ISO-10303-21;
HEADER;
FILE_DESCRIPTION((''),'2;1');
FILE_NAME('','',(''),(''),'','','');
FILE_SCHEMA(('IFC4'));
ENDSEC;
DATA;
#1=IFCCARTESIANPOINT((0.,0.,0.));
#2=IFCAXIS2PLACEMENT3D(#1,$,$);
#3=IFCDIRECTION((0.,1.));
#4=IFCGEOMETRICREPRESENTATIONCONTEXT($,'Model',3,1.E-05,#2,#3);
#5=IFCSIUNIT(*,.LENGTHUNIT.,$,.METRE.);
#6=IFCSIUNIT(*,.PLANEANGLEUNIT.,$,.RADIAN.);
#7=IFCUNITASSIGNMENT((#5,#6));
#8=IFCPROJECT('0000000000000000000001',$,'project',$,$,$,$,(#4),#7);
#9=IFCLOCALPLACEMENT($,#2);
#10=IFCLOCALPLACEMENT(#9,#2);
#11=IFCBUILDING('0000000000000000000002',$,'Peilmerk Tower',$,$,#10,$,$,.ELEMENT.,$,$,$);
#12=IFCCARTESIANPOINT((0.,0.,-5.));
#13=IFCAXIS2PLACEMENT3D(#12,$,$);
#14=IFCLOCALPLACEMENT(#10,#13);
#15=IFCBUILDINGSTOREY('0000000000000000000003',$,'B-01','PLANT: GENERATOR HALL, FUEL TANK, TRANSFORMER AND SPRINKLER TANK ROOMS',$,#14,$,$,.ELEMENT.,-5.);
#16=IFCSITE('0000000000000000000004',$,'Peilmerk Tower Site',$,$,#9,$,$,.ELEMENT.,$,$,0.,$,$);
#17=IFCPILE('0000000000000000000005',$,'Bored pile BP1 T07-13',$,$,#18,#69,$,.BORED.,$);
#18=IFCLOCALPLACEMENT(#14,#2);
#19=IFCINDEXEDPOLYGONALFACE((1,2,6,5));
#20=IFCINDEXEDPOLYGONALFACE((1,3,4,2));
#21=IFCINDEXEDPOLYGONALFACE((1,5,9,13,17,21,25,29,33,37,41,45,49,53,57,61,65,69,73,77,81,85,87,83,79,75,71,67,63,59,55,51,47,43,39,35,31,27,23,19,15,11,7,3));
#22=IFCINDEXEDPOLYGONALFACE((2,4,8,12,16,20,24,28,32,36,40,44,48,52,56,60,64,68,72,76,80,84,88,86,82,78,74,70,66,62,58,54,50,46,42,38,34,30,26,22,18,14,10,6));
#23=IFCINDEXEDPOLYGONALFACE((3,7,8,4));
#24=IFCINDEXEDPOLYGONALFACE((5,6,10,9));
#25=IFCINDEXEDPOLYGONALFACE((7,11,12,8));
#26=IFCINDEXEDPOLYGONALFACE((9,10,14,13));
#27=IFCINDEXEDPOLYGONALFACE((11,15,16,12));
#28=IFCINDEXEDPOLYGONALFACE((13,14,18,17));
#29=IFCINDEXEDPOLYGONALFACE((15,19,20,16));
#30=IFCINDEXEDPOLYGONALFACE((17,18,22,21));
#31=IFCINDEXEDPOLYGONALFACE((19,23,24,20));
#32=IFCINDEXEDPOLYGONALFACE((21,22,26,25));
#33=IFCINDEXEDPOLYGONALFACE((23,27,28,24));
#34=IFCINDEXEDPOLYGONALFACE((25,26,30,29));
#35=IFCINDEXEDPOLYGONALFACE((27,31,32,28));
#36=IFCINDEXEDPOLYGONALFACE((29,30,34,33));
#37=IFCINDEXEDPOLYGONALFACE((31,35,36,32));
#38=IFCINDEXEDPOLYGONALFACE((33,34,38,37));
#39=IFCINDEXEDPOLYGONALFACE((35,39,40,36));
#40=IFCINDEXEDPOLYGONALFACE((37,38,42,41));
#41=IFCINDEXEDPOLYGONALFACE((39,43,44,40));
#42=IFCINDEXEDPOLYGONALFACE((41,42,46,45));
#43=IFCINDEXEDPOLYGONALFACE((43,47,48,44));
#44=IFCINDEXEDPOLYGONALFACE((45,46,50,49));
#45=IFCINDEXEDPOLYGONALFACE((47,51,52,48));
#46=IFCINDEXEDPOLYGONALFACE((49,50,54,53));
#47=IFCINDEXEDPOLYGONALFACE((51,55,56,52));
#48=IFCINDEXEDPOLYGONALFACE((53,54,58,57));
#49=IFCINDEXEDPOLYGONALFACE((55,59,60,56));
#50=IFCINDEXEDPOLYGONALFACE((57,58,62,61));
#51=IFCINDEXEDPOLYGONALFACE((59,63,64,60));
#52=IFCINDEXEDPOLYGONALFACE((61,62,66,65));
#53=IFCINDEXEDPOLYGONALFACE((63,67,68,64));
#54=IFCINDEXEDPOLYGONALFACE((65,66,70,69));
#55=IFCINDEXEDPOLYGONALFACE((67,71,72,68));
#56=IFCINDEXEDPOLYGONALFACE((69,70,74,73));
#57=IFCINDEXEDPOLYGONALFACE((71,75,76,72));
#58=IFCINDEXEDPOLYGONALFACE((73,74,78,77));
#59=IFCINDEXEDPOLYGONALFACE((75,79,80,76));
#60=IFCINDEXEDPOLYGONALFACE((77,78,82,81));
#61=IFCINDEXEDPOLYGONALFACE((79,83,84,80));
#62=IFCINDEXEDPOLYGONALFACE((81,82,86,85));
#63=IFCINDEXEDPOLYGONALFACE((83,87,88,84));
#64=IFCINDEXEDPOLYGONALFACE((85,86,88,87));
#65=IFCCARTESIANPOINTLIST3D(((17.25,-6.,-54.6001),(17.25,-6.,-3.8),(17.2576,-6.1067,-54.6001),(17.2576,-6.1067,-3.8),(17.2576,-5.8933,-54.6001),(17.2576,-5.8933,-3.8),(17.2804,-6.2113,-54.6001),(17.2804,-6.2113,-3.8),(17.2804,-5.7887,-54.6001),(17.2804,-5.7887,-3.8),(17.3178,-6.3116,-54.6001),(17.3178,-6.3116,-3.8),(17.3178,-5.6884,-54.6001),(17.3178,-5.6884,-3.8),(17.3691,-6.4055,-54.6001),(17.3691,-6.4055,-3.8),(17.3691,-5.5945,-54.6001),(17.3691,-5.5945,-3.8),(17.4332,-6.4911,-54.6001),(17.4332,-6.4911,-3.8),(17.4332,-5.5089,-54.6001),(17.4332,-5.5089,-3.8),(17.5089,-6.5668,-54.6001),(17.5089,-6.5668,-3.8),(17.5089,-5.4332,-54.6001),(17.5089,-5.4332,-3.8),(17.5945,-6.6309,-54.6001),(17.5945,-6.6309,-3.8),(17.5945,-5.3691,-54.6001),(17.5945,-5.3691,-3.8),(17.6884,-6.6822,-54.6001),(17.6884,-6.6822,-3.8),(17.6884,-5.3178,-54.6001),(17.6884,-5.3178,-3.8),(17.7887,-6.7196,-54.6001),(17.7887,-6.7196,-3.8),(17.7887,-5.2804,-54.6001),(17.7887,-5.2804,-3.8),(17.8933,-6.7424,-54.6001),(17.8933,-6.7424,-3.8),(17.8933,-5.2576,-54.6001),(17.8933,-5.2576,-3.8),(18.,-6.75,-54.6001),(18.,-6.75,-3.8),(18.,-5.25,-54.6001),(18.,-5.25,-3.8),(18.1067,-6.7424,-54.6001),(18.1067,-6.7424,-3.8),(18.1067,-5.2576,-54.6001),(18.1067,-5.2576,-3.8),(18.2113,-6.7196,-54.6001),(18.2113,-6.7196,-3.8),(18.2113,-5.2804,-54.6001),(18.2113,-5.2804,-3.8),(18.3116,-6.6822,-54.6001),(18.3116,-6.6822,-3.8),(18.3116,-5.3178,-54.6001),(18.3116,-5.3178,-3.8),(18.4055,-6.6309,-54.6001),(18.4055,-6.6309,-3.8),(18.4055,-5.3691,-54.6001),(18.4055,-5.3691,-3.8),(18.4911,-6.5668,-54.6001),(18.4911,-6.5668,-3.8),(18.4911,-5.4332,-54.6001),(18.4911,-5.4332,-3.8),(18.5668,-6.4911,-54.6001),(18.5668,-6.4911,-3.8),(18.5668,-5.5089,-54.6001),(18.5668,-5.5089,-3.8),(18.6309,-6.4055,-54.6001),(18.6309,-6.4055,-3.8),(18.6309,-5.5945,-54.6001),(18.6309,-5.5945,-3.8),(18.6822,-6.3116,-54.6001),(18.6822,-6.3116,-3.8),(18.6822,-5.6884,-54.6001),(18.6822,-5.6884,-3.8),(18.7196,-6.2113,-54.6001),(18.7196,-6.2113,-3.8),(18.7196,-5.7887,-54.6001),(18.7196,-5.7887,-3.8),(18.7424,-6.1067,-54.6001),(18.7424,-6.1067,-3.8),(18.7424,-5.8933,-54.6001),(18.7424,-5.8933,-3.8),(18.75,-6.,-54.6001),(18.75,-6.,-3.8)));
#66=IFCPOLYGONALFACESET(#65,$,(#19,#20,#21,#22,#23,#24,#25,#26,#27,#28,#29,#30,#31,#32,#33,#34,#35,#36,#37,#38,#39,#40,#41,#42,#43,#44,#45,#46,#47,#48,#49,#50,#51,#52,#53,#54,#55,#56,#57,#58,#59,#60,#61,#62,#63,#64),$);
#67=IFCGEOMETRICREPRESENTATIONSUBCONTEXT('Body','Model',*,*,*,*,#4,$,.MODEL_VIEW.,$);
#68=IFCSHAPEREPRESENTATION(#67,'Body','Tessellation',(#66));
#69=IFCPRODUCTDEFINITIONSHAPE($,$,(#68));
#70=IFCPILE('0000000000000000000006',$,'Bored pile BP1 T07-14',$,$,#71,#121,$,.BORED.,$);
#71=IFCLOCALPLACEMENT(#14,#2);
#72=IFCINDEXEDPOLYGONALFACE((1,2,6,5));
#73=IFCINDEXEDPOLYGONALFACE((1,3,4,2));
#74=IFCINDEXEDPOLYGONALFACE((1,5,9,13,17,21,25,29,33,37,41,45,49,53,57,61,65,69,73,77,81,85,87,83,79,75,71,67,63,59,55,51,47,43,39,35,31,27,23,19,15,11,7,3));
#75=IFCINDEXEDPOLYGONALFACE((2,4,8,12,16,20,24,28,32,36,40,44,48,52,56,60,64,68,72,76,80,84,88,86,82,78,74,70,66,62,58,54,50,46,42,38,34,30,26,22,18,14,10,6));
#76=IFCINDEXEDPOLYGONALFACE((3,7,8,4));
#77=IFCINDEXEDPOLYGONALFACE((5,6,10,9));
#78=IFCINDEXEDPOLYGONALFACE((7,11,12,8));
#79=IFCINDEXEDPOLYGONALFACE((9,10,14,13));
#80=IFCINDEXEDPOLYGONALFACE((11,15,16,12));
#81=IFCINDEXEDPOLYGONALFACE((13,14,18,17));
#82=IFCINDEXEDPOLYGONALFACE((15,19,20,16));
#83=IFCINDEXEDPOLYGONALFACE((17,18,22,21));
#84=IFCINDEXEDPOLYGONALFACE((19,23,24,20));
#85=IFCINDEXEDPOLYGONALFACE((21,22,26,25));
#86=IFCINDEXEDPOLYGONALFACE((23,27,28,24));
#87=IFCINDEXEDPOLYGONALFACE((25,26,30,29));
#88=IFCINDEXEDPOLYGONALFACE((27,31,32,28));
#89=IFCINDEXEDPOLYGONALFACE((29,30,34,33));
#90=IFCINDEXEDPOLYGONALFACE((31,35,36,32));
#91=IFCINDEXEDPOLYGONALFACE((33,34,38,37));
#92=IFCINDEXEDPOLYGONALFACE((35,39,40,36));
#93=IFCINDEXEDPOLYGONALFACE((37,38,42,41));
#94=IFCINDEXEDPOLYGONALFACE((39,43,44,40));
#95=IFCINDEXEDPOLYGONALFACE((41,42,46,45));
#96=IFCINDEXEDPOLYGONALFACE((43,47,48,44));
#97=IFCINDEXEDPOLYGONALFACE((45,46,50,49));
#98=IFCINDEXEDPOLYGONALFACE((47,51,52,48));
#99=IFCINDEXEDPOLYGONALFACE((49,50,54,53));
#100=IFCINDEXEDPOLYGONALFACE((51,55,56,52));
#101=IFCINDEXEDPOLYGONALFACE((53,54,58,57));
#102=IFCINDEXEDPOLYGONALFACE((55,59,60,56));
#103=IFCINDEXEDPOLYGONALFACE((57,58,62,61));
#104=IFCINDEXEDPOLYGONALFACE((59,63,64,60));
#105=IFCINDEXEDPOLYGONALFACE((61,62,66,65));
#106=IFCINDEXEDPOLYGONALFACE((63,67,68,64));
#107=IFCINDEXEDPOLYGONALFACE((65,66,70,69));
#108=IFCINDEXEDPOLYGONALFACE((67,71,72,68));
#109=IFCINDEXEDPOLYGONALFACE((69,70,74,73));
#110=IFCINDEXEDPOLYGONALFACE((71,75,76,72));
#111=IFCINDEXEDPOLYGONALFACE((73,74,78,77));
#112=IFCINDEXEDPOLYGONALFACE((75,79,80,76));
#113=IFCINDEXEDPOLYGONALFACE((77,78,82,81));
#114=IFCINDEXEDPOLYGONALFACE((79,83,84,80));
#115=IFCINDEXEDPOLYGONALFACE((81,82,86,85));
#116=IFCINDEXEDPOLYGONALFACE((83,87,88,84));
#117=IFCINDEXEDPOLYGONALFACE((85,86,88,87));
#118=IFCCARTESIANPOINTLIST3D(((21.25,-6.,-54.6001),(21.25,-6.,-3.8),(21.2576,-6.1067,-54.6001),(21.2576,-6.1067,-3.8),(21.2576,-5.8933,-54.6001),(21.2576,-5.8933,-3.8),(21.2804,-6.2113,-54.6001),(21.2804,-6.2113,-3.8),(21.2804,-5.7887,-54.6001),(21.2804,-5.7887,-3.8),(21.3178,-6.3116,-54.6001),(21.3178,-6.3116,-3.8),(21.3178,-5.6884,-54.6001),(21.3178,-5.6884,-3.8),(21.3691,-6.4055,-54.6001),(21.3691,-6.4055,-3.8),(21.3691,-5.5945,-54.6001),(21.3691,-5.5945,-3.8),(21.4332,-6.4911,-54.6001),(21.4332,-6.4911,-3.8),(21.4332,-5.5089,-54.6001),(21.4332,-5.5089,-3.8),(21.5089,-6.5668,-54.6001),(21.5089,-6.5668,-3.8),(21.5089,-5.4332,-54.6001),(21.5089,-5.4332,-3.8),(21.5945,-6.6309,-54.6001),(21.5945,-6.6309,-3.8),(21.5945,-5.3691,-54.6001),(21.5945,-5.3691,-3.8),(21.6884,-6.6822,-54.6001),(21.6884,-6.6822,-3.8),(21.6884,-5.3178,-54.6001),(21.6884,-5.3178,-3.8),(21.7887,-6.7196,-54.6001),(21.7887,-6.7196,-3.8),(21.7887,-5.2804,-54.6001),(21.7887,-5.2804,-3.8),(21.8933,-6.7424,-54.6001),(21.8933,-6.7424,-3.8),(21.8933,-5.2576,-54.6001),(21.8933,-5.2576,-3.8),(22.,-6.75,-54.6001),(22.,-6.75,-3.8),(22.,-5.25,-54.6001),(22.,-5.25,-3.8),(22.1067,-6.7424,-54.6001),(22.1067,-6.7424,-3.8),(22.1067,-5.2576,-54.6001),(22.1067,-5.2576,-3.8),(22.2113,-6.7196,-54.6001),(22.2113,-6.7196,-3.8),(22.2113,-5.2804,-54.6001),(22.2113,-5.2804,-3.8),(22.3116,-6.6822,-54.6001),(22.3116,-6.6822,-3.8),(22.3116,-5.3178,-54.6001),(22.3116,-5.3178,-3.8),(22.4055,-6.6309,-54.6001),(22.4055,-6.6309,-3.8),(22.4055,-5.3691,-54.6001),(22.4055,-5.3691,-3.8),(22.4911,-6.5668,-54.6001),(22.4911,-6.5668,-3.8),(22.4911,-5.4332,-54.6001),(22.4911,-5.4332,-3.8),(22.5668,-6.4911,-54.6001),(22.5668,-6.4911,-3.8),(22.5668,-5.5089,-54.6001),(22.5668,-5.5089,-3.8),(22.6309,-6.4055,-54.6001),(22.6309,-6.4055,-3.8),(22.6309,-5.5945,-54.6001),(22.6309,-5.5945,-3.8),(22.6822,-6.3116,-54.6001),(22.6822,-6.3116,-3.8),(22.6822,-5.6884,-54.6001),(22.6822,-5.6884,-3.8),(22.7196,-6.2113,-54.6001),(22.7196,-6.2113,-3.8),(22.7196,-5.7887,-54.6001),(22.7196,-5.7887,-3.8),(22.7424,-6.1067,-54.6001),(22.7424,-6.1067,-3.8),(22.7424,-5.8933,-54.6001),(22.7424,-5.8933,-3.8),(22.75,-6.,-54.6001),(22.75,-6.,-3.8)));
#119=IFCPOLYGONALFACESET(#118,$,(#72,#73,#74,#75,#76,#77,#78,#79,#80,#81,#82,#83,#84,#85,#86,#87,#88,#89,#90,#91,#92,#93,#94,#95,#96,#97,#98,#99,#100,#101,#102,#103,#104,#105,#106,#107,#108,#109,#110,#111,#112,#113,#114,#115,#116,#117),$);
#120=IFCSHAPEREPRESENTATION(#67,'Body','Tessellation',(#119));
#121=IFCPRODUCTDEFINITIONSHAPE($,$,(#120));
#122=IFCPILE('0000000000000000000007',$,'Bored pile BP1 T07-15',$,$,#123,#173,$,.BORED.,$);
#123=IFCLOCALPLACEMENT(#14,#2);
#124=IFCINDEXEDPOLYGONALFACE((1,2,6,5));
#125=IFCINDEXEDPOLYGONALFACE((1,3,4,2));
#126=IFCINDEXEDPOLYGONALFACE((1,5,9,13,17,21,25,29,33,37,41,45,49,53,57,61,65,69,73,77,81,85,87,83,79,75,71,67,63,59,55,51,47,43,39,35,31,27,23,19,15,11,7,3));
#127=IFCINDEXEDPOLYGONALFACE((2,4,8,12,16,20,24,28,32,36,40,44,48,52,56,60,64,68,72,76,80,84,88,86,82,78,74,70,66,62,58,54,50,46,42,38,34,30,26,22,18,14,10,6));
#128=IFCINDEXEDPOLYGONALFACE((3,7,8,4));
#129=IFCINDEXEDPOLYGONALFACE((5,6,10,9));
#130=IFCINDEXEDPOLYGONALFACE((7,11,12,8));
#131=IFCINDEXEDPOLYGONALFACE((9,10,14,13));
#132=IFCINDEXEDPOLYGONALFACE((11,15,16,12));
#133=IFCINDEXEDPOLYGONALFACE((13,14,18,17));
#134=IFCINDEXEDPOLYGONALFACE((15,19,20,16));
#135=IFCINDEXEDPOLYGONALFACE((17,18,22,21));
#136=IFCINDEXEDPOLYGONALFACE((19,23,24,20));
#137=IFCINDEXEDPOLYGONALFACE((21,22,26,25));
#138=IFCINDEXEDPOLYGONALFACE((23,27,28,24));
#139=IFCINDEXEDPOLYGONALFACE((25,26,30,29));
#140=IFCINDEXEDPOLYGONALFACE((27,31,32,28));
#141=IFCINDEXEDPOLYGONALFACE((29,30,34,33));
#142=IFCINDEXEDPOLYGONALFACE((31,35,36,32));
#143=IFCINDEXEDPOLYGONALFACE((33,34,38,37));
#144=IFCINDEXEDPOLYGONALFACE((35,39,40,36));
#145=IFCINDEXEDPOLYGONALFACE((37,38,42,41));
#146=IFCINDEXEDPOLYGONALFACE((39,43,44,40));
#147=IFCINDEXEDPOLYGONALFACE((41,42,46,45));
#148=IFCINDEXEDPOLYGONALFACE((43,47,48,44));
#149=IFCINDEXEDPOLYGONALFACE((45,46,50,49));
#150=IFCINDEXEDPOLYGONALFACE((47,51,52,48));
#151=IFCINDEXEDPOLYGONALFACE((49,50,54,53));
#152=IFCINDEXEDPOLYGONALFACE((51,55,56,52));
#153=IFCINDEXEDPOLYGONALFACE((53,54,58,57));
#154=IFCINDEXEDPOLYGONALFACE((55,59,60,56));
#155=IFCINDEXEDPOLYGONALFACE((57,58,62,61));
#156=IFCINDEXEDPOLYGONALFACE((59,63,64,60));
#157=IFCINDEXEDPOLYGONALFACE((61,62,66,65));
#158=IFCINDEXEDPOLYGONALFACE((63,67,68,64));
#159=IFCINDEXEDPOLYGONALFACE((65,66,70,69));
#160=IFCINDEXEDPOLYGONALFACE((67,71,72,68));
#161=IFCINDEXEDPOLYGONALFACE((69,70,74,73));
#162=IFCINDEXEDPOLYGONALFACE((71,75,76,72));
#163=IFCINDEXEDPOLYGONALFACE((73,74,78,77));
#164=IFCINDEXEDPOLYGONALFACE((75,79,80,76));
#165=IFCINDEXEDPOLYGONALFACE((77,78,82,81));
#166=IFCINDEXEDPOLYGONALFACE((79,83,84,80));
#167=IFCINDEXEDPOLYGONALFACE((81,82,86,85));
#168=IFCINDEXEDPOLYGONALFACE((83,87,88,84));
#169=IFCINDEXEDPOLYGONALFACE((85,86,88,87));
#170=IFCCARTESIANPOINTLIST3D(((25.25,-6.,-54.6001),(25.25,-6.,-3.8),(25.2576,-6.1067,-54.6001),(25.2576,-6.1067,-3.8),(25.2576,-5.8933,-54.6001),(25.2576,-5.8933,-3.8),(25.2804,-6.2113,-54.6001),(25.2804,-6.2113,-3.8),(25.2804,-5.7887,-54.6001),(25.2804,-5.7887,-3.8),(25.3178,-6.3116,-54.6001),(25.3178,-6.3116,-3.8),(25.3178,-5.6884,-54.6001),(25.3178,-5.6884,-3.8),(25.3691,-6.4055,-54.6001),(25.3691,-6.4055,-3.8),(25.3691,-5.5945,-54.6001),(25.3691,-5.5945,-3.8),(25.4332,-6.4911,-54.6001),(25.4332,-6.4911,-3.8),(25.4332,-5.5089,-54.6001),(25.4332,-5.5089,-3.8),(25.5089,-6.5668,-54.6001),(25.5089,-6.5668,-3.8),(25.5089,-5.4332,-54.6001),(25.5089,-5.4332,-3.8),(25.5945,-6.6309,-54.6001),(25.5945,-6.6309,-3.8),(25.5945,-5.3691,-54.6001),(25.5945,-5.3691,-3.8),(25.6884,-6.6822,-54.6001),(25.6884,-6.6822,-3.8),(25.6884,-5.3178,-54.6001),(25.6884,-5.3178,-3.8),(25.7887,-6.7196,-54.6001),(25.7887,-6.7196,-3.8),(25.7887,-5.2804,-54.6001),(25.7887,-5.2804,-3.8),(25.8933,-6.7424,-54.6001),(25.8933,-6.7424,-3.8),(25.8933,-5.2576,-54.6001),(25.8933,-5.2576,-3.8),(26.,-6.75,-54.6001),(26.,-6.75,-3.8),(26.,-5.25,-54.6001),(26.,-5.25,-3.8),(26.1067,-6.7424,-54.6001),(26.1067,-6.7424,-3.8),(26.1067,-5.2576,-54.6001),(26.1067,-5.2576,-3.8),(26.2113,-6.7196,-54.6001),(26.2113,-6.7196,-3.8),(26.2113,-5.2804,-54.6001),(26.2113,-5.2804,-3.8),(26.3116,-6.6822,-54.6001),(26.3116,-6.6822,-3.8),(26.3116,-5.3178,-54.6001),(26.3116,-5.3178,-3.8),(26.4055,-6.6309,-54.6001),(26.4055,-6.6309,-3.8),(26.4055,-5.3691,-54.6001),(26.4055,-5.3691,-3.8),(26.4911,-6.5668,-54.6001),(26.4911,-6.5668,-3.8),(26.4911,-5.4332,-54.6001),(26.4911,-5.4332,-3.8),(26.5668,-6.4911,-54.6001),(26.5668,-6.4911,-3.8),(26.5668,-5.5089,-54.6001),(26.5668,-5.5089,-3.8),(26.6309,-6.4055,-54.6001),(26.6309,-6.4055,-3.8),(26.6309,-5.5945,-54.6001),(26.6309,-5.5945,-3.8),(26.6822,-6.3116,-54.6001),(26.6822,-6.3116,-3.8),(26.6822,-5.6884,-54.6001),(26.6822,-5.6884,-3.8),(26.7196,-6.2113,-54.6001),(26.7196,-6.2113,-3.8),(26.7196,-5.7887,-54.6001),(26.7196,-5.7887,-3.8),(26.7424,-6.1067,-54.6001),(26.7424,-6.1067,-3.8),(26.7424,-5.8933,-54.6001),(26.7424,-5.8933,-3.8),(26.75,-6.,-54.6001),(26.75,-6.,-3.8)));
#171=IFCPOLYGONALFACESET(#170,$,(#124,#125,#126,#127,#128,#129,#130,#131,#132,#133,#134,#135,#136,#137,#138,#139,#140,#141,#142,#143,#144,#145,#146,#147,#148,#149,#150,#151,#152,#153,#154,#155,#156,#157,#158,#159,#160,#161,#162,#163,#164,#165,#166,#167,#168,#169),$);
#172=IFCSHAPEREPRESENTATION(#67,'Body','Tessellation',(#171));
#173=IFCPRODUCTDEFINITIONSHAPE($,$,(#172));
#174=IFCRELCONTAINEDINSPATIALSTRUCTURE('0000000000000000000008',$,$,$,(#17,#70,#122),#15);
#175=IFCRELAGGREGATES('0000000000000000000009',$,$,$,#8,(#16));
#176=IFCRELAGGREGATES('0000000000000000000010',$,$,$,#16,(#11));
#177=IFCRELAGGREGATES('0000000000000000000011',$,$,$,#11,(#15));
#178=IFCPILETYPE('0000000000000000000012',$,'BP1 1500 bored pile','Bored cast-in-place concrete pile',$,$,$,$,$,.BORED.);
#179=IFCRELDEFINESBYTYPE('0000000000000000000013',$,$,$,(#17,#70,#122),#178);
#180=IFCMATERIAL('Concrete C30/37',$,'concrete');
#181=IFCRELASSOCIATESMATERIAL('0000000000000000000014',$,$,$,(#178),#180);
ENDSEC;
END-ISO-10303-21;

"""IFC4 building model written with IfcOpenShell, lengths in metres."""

from ifc_helpers import new_model, si_unit, direction, frame, origin, origin_2d, place, context, subcontext, project, spatial, circle, extrude, material, material_profile, profile_set, type_object, element, save


model = new_model("IFC4")

# Units and contexts
model_context = context("Model", 3, precision=1e-05, world=origin(), true_north=direction((0.0, 1.0)))
body_context = subcontext(model_context, "Body", "Model", "MODEL_VIEW")
ifc_project = project(units=[si_unit("LENGTHUNIT", "METRE"), si_unit("PLANEANGLEUNIT", "RADIAN")], contexts=[model_context])

# Site, building, storey
site_placement = place(None, origin())
site = spatial("IfcSite", under=ifc_project, at=site_placement, Name="Peilmerk Tower Site", CompositionType="ELEMENT", RefElevation=0.0)
building_placement = place(site_placement, origin())
building = spatial("IfcBuilding", under=site, at=building_placement, Name="Peilmerk Tower", CompositionType="ELEMENT")
storey_placement = place(building_placement, frame((0.0, 0.0, -5.0)))
storey = spatial("IfcBuildingStorey", under=building, at=storey_placement, Name="B-01", Description="PLANT: GENERATOR HALL, FUEL TANK, TRANSFORMER AND SPRINKLER TANK ROOMS", CompositionType="ELEMENT", Elevation=-5.0)

# Piles
ifc_material_1 = material(Name="Concrete C30/37", Category="concrete")
ifc_material_profile_1 = material_profile(ifc_material_1, circle(Radius=0.75, at=origin_2d()), Name="BP 1500")
ifc_profile_set_1 = profile_set([ifc_material_profile_1], Name="Concrete C30/37")
pile_type = type_object("IfcPileType", Name="BP1 1500 bored pile", Description="Bored cast-in-place concrete pile", PredefinedType="BORED", material=ifc_profile_set_1)
for number, where, z_axis, x_axis, name in (
    (1, (18.0, -6.0, -3.8), (0.0, 0.0, -1.0), (1.0, 0.0, 0.0), "Bored pile BP1 T07-13"),
    (2, (22.0, -6.0, -3.8), (0.0, 0.0, -1.0), (1.0, 0.0, 0.0), "Bored pile BP1 T07-14"),
    (3, (26.0, -6.0, -3.8), (0.0, 0.0, -1.0), (1.0, 0.0, 0.0), "Bored pile BP1 T07-15"),
):
    element("IfcPile", number, at=place(storey_placement, frame(where, z_axis=z_axis, x_axis=x_axis)), inside=storey, type_object=pile_type, Name=name, PredefinedType="BORED", context=body_context, shape_type="SweptSolid", body=[
        extrude(circle(Radius=0.75, at=origin_2d()), origin(), (0.0, 0.0, 1.0), 50.8),
    ])

save(model, "model.ifc")
